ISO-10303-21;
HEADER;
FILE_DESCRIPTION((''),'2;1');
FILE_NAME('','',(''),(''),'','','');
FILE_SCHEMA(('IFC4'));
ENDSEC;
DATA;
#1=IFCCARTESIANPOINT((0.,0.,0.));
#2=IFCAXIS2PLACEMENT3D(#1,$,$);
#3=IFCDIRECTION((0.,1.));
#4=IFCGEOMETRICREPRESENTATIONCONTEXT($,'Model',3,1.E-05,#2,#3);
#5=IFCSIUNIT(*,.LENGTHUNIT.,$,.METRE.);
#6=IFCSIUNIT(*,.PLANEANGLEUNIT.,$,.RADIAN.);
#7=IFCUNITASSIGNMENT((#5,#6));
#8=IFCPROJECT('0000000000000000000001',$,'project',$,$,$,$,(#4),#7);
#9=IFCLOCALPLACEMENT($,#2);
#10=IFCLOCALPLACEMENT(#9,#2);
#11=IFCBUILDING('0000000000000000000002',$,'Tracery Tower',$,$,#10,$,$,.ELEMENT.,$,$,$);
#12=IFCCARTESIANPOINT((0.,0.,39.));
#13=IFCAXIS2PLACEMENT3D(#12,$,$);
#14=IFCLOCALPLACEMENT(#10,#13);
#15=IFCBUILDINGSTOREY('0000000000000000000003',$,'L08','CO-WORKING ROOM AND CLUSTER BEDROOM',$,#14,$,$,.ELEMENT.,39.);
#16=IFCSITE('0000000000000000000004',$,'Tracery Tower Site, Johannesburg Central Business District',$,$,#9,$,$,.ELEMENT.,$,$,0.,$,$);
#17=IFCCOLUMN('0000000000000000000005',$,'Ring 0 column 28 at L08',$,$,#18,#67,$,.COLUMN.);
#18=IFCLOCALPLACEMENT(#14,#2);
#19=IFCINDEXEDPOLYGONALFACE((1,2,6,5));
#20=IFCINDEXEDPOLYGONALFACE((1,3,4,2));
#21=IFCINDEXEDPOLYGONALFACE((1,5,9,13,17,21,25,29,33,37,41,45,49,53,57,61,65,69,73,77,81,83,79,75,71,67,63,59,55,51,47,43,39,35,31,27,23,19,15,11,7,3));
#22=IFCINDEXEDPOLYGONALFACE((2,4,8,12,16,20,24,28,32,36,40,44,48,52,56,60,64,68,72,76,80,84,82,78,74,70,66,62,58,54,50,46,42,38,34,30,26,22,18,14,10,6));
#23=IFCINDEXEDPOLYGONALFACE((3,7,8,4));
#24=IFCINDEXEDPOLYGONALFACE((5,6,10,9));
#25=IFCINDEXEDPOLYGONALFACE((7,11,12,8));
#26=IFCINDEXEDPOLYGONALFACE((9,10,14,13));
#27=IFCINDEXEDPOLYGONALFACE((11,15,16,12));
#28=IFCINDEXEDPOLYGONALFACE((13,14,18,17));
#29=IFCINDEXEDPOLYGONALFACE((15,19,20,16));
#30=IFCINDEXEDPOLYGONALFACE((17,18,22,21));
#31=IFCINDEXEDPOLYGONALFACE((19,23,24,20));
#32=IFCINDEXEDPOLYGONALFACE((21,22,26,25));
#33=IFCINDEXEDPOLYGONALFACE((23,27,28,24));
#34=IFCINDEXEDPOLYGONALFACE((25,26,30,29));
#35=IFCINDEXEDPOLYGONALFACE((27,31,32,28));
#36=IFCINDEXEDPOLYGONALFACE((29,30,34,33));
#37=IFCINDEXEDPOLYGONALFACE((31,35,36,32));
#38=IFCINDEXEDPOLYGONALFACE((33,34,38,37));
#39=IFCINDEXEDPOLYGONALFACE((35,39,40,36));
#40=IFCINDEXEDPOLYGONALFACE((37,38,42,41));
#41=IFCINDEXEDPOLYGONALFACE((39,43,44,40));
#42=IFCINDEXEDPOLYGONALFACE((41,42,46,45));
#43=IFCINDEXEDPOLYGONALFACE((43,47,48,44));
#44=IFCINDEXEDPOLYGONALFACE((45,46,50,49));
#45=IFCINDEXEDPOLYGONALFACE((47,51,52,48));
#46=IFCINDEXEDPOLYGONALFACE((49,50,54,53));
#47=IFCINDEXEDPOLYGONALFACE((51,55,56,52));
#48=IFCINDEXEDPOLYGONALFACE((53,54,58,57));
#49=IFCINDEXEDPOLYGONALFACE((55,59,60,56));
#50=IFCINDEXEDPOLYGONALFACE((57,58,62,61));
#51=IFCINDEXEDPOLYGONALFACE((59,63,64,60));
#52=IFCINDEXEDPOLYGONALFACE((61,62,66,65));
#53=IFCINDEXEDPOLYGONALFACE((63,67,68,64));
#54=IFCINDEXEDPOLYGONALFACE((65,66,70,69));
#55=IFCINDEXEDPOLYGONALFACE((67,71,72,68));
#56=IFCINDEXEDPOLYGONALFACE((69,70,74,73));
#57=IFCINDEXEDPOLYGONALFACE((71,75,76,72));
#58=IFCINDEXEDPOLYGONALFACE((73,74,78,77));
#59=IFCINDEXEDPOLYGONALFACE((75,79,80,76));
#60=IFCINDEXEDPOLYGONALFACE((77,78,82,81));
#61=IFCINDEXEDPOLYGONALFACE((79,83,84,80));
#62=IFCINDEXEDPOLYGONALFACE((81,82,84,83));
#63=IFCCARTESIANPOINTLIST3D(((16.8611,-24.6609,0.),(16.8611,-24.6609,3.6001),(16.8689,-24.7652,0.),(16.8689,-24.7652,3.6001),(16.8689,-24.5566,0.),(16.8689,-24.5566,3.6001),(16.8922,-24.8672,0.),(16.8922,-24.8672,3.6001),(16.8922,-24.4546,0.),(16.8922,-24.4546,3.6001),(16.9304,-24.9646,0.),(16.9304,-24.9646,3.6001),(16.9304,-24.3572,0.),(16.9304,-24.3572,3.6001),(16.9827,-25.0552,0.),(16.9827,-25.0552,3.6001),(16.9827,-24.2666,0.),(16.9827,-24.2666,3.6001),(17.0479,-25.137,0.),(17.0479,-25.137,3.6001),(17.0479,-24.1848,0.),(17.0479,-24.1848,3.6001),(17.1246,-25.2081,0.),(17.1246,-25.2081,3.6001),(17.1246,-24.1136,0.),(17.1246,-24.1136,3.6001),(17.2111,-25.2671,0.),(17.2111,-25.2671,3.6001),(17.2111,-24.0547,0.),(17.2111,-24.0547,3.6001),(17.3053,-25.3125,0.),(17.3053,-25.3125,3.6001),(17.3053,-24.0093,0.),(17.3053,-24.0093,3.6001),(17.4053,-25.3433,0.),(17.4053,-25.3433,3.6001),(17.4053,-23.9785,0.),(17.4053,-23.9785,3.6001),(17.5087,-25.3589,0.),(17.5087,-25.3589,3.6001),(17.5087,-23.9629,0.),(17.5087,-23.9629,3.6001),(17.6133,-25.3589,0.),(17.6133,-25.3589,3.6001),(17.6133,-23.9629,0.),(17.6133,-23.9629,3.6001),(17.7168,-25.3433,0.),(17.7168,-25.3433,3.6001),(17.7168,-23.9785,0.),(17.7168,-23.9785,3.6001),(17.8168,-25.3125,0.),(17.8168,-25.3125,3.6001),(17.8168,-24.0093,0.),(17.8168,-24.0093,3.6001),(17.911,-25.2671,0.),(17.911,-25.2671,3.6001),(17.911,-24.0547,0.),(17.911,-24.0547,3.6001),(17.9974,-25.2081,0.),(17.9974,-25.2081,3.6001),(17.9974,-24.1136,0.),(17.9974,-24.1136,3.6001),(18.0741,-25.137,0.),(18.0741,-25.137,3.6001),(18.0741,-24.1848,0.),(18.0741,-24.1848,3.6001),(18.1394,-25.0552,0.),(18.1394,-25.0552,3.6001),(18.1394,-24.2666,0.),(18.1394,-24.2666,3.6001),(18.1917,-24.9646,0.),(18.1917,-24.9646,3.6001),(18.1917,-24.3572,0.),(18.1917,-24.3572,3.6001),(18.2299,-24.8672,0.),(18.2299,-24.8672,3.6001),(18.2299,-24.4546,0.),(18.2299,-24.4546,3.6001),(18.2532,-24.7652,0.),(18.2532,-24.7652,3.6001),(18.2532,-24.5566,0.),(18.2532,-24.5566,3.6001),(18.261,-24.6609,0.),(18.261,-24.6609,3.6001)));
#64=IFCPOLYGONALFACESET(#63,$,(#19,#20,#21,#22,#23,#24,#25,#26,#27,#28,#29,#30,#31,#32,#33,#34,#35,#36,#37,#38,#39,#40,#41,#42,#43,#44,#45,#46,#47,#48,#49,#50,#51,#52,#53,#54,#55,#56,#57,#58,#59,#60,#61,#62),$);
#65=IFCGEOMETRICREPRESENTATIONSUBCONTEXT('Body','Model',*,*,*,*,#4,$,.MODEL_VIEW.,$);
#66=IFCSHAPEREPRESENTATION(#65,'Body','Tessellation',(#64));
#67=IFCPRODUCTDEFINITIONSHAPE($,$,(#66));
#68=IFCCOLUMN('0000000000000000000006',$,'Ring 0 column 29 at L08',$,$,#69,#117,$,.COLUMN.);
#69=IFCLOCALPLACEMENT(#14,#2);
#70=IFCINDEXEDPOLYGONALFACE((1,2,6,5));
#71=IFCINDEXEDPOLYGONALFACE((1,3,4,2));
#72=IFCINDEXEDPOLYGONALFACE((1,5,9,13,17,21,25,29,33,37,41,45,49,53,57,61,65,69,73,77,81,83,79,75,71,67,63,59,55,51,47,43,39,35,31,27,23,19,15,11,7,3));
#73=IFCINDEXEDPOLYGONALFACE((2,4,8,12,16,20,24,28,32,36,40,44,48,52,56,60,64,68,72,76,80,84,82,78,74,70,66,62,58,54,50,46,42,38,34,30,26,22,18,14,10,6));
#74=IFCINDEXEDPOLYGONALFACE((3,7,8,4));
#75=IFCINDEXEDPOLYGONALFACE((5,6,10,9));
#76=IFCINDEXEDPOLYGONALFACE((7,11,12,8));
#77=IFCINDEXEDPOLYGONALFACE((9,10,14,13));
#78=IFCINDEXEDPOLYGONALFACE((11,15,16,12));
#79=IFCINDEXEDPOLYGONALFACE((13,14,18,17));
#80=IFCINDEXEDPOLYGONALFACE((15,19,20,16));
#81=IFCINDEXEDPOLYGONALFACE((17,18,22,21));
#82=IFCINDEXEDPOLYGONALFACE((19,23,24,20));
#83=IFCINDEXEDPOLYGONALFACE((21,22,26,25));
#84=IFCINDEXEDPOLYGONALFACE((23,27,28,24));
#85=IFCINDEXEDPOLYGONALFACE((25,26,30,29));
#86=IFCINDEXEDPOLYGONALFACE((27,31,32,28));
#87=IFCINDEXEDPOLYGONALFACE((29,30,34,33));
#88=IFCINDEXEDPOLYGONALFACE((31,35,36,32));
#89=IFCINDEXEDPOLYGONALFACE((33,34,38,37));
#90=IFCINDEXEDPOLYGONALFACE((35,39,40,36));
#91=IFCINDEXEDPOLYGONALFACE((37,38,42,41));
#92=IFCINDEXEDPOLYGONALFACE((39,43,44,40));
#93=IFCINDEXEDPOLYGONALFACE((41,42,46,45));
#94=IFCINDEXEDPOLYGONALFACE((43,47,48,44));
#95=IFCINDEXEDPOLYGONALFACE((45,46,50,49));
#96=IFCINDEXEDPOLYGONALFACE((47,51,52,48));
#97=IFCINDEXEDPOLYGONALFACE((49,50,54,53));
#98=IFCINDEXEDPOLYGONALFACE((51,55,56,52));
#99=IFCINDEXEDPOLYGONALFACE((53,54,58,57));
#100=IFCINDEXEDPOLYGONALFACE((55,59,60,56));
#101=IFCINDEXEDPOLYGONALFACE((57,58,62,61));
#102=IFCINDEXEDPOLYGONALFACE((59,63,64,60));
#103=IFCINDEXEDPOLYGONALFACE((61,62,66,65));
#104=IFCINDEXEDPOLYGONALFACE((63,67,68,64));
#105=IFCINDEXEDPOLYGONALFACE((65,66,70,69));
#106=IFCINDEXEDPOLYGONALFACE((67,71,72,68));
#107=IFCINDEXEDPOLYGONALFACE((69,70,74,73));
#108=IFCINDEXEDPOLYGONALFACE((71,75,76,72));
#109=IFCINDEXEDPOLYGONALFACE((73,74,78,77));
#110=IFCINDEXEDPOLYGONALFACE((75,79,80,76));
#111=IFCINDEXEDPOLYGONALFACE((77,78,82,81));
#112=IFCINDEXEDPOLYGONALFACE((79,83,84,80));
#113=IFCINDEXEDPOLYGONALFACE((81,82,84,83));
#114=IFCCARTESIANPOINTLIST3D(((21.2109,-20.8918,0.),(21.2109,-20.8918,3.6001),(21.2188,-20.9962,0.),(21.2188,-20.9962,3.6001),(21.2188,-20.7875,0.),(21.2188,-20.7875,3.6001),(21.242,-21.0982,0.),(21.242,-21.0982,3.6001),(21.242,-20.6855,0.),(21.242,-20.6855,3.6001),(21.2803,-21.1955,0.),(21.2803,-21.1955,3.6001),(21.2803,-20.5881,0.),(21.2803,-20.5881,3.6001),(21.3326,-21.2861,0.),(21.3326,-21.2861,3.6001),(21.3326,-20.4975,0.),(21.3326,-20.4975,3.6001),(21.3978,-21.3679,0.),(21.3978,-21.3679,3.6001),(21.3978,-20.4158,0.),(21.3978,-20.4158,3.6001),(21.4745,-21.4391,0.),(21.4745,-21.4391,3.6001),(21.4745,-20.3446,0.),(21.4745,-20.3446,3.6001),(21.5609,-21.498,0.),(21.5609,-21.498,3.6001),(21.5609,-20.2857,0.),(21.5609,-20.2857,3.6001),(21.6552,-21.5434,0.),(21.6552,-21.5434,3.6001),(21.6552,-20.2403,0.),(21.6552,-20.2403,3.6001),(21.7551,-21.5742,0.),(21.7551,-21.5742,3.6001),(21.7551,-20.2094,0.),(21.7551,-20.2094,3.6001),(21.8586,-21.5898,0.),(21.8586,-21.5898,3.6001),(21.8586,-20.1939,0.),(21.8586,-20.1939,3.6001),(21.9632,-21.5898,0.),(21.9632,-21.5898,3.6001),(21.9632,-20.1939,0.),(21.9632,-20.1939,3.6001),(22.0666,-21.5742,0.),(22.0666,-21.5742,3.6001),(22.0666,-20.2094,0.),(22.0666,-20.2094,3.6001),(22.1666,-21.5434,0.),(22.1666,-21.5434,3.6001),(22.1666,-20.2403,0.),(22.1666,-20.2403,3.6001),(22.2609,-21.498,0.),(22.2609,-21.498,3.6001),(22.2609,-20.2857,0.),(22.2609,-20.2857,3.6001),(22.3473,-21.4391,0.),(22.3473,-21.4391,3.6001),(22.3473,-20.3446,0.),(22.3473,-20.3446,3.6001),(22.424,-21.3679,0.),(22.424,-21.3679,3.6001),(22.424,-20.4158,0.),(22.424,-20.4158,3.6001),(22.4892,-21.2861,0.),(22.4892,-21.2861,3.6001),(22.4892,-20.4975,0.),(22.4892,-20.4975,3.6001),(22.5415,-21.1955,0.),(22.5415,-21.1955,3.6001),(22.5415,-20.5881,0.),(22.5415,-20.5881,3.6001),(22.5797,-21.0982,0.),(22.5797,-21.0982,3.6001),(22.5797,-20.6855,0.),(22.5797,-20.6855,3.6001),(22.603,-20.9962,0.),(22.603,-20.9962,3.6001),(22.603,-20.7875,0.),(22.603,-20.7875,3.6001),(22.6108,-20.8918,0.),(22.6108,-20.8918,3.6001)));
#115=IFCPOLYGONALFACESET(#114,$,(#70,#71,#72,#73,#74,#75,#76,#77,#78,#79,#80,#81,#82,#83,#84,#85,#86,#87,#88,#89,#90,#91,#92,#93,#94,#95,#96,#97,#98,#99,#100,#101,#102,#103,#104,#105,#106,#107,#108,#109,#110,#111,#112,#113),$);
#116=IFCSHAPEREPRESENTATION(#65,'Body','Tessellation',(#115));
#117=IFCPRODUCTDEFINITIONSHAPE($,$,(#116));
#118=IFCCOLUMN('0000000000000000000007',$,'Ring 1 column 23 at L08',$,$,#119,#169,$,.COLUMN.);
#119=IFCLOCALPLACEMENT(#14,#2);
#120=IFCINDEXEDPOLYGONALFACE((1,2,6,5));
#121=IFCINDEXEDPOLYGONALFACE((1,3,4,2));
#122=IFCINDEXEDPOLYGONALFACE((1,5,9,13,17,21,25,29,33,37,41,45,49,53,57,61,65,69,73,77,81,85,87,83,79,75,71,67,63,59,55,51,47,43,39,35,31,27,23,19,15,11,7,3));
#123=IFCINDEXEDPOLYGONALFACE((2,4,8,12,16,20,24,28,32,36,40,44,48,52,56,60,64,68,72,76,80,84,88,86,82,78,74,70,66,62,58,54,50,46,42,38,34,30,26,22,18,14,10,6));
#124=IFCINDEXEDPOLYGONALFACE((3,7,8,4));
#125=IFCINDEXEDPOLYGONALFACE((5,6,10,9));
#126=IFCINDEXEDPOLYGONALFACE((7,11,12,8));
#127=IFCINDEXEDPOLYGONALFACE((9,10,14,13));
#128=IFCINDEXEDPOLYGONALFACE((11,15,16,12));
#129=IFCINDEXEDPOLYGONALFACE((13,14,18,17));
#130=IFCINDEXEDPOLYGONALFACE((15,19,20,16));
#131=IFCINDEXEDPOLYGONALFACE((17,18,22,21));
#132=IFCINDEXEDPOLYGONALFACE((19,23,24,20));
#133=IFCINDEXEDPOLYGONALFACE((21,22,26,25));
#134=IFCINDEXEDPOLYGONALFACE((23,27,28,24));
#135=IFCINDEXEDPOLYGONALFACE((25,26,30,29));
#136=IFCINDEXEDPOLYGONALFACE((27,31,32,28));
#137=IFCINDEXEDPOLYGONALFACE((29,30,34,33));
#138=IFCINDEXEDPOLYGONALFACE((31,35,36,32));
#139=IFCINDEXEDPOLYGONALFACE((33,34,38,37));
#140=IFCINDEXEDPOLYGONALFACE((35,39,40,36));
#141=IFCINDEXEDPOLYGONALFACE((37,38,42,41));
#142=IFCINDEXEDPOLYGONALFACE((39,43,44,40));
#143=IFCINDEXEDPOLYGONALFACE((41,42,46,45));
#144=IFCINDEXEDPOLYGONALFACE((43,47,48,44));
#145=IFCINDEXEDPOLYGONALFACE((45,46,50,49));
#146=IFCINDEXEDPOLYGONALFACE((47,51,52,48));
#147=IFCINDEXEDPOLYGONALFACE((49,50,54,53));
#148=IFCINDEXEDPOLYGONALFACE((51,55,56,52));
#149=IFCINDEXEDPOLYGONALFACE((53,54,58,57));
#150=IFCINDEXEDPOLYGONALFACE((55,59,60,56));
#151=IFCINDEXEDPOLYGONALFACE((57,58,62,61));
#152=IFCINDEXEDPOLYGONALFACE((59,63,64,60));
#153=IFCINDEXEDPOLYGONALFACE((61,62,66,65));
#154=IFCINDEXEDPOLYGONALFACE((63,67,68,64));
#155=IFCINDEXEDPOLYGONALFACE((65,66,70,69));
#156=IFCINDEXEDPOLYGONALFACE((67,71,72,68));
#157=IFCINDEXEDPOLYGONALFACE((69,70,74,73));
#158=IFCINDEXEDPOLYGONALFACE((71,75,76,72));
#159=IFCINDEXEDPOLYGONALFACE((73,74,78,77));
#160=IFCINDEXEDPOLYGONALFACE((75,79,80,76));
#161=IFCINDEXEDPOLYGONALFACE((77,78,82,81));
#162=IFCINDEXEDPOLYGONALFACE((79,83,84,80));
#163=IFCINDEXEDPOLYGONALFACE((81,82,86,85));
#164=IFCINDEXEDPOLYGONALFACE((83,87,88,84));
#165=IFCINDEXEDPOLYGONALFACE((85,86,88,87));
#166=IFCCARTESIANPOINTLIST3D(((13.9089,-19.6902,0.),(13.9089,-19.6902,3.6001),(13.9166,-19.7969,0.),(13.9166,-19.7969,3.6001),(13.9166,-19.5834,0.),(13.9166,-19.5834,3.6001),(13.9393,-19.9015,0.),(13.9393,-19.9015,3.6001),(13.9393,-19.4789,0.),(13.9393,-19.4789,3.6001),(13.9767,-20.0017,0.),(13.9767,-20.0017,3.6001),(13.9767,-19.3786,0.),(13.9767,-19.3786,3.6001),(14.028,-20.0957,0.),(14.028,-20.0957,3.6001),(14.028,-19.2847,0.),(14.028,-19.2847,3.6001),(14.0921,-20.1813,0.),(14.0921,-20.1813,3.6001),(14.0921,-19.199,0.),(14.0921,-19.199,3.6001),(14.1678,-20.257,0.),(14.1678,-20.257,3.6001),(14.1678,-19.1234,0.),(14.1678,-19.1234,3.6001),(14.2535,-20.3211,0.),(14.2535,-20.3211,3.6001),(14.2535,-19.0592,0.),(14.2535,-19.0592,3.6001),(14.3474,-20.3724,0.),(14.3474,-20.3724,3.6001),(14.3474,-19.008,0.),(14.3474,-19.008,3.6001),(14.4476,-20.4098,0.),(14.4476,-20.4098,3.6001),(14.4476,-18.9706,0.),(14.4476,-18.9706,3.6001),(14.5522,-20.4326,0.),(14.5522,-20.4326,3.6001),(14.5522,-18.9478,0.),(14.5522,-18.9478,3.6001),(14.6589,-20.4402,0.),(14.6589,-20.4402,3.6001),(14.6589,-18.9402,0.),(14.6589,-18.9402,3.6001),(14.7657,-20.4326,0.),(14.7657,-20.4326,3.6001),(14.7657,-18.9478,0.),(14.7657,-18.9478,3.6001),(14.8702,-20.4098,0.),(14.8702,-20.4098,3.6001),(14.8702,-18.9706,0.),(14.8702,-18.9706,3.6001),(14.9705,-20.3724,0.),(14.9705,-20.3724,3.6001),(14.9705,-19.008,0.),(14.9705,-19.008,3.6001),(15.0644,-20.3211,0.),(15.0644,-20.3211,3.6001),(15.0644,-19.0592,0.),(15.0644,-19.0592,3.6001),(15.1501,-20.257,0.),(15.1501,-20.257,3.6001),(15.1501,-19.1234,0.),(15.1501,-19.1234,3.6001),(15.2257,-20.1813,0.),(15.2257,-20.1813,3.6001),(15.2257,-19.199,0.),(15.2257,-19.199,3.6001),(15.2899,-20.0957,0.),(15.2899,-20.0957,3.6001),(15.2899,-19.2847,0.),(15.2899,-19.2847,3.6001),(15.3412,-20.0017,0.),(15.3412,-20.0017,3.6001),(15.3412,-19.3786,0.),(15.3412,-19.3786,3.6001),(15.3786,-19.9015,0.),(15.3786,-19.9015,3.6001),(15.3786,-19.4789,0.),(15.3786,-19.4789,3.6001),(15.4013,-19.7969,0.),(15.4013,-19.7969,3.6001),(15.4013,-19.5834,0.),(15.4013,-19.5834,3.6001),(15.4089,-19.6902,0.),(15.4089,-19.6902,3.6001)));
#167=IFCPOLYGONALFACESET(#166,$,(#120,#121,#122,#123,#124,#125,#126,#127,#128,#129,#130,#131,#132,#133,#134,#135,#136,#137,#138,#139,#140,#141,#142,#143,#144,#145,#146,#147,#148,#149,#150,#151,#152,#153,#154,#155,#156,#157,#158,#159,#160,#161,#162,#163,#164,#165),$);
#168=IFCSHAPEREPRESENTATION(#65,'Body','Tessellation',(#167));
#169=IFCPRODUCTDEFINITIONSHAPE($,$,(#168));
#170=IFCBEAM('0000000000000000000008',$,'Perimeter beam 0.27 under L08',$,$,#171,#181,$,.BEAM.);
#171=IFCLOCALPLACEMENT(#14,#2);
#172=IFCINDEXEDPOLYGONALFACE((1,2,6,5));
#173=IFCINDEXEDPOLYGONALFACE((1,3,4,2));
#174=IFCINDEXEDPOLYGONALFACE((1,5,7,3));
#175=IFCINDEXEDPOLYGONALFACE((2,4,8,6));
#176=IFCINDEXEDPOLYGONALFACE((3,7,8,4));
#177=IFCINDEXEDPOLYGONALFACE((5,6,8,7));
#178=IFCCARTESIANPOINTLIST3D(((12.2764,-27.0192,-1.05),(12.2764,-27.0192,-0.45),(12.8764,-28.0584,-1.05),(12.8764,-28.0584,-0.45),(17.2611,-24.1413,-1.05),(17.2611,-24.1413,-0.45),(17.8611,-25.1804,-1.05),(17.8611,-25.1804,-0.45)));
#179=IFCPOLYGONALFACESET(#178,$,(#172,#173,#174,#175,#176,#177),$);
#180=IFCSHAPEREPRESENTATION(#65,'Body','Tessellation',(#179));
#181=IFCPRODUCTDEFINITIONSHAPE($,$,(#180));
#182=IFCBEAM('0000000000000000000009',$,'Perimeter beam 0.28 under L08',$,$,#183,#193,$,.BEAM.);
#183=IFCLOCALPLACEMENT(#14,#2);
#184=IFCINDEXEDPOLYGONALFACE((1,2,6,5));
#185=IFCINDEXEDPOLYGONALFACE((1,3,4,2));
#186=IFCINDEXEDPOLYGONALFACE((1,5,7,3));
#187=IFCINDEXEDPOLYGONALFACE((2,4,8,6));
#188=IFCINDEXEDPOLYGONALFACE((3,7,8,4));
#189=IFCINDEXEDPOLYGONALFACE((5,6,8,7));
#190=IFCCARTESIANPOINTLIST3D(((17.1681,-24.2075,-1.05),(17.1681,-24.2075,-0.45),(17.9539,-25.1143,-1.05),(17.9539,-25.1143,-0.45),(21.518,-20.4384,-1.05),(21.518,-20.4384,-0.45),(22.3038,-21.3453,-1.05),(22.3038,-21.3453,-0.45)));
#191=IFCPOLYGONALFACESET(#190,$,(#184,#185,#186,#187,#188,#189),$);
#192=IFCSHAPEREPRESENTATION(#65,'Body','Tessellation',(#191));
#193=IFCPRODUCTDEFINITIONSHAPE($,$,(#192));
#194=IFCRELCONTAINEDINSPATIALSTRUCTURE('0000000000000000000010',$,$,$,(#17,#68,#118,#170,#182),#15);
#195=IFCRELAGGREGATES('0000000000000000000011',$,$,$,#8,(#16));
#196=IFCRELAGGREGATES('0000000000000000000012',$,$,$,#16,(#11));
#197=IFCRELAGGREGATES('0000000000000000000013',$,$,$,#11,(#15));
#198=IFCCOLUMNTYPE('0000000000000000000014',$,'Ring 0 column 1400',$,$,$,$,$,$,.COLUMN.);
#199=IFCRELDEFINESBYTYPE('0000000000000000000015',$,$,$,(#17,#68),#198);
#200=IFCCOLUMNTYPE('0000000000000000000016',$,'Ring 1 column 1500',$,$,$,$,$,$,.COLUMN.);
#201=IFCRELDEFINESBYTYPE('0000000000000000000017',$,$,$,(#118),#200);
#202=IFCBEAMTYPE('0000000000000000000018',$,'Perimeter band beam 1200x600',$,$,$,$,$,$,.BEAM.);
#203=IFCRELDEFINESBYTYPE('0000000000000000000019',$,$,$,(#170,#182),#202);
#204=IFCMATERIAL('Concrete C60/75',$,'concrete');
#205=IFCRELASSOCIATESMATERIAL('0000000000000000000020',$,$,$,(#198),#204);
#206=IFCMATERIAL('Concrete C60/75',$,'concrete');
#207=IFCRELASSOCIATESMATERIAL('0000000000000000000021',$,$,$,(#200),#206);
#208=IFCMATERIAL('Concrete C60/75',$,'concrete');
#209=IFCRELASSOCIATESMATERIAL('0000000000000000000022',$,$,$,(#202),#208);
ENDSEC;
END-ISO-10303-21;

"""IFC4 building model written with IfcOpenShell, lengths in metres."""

from ifc_helpers import new_model, si_unit, direction, frame, origin, origin_2d, place, context, subcontext, project, spatial, rectangle, circle, extrude, material, material_profile, profile_set, type_object, element, save


model = new_model("IFC4")

# Units and contexts
model_context = context("Model", 3, precision=1e-05, world=origin(), true_north=direction((0.0, 1.0)))
body_context = subcontext(model_context, "Body", "Model", "MODEL_VIEW")
ifc_project = project(units=[si_unit("LENGTHUNIT", "METRE"), si_unit("PLANEANGLEUNIT", "RADIAN")], contexts=[model_context])

# Site, building, storey
site_placement = place(None, origin())
site = spatial("IfcSite", under=ifc_project, at=site_placement, Name="Tracery Tower Site, Johannesburg Central Business District", CompositionType="ELEMENT", RefElevation=0.0)
building_placement = place(site_placement, origin())
building = spatial("IfcBuilding", under=site, at=building_placement, Name="Tracery Tower", CompositionType="ELEMENT")
storey_placement = place(building_placement, frame((0.0, 0.0, 39.0)))
storey = spatial("IfcBuildingStorey", under=building, at=storey_placement, Name="L08", Description="CO-WORKING ROOM AND CLUSTER BEDROOM", CompositionType="ELEMENT", Elevation=39.0)

# Columns
ifc_material_1 = material(Name="Concrete C60/75", Category="concrete")
ifc_material_profile_1 = material_profile(ifc_material_1, circle(Radius=0.7, at=origin_2d()), Name="RC D1400")
ifc_profile_set_1 = profile_set([ifc_material_profile_1], Name="Concrete C60/75")
column_type_1 = type_object("IfcColumnType", Name="Ring 0 column 1400", PredefinedType="COLUMN", material=ifc_profile_set_1)
for number, where, z_axis, x_axis, name in (
    (1, (17.561, -24.6609, 0.0), (0.0, 0.0, 1.0), (1.0, 0.0, 0.0), "Ring 0 column 28 at L08"),
    (2, (21.9109, -20.8918, 0.0), (0.0, 0.0, 1.0), (1.0, 0.0, 0.0), "Ring 0 column 29 at L08"),
):
    element("IfcColumn", number, at=place(storey_placement, frame(where, z_axis=z_axis, x_axis=x_axis)), inside=storey, type_object=column_type_1, Name=name, PredefinedType="COLUMN", context=body_context, shape_type="SweptSolid", body=[
        extrude(circle(Radius=0.7, at=origin_2d()), origin(), (0.0, 0.0, 1.0), 3.6001),
    ])
ifc_material_2 = material(Name="Concrete C60/75", Category="concrete")
ifc_material_profile_2 = material_profile(ifc_material_2, circle(Radius=0.75, at=origin_2d()), Name="RC D1500")
ifc_profile_set_2 = profile_set([ifc_material_profile_2], Name="Concrete C60/75")
column_type_2 = type_object("IfcColumnType", Name="Ring 1 column 1500", PredefinedType="COLUMN", material=ifc_profile_set_2)
column_placement = place(storey_placement, frame((14.6589, -19.6902, 0.0), z_axis=(0.0, 0.0, 1.0), x_axis=(1.0, 0.0, 0.0)))
element("IfcColumn", 3, at=column_placement, inside=storey, type_object=column_type_2, Name="Ring 1 column 23 at L08", PredefinedType="COLUMN", context=body_context, shape_type="SweptSolid", body=[
    extrude(circle(Radius=0.75, at=origin_2d()), origin(), (0.0, 0.0, 1.0), 3.6001),
])

# Beams
ifc_material_3 = material(Name="Concrete C60/75", Category="concrete")
ifc_material_profile_3 = material_profile(ifc_material_3, rectangle(XDim=1.2, YDim=0.6001, at=origin_2d()), Name="RC 1200x600")
ifc_profile_set_3 = profile_set([ifc_material_profile_3], Name="Concrete C60/75")
beam_type = type_object("IfcBeamType", Name="Perimeter band beam 1200x600", PredefinedType="BEAM", material=ifc_profile_set_3)
beam_1_placement = place(storey_placement, frame((12.5764, -27.5388, -0.75), z_axis=(0.866021, 0.500008, 0.0), x_axis=(-0.500008, 0.866021, 0.0)))
element("IfcBeam", 4, at=beam_1_placement, inside=storey, type_object=beam_type, Name="Perimeter beam 0.27 under L08", PredefinedType="BEAM", context=body_context, shape_type="SweptSolid", body=[
    extrude(rectangle(XDim=1.2, YDim=0.6001, at=origin_2d()), origin(), (0.0, 0.0, 1.0), 5.7559),
])
beam_2_placement = place(storey_placement, frame((17.561, -24.6609, -0.75), z_axis=(0.75576, 0.654848, 0.0), x_axis=(-0.654848, 0.75576, 0.0)))
element("IfcBeam", 5, at=beam_2_placement, inside=storey, type_object=beam_type, Name="Perimeter beam 0.28 under L08", PredefinedType="BEAM", context=body_context, shape_type="SweptSolid", body=[
    extrude(rectangle(XDim=1.2, YDim=0.6001, at=origin_2d()), origin(), (0.0, 0.0, 1.0), 5.7556),
])

save(model, "model.ifc")
